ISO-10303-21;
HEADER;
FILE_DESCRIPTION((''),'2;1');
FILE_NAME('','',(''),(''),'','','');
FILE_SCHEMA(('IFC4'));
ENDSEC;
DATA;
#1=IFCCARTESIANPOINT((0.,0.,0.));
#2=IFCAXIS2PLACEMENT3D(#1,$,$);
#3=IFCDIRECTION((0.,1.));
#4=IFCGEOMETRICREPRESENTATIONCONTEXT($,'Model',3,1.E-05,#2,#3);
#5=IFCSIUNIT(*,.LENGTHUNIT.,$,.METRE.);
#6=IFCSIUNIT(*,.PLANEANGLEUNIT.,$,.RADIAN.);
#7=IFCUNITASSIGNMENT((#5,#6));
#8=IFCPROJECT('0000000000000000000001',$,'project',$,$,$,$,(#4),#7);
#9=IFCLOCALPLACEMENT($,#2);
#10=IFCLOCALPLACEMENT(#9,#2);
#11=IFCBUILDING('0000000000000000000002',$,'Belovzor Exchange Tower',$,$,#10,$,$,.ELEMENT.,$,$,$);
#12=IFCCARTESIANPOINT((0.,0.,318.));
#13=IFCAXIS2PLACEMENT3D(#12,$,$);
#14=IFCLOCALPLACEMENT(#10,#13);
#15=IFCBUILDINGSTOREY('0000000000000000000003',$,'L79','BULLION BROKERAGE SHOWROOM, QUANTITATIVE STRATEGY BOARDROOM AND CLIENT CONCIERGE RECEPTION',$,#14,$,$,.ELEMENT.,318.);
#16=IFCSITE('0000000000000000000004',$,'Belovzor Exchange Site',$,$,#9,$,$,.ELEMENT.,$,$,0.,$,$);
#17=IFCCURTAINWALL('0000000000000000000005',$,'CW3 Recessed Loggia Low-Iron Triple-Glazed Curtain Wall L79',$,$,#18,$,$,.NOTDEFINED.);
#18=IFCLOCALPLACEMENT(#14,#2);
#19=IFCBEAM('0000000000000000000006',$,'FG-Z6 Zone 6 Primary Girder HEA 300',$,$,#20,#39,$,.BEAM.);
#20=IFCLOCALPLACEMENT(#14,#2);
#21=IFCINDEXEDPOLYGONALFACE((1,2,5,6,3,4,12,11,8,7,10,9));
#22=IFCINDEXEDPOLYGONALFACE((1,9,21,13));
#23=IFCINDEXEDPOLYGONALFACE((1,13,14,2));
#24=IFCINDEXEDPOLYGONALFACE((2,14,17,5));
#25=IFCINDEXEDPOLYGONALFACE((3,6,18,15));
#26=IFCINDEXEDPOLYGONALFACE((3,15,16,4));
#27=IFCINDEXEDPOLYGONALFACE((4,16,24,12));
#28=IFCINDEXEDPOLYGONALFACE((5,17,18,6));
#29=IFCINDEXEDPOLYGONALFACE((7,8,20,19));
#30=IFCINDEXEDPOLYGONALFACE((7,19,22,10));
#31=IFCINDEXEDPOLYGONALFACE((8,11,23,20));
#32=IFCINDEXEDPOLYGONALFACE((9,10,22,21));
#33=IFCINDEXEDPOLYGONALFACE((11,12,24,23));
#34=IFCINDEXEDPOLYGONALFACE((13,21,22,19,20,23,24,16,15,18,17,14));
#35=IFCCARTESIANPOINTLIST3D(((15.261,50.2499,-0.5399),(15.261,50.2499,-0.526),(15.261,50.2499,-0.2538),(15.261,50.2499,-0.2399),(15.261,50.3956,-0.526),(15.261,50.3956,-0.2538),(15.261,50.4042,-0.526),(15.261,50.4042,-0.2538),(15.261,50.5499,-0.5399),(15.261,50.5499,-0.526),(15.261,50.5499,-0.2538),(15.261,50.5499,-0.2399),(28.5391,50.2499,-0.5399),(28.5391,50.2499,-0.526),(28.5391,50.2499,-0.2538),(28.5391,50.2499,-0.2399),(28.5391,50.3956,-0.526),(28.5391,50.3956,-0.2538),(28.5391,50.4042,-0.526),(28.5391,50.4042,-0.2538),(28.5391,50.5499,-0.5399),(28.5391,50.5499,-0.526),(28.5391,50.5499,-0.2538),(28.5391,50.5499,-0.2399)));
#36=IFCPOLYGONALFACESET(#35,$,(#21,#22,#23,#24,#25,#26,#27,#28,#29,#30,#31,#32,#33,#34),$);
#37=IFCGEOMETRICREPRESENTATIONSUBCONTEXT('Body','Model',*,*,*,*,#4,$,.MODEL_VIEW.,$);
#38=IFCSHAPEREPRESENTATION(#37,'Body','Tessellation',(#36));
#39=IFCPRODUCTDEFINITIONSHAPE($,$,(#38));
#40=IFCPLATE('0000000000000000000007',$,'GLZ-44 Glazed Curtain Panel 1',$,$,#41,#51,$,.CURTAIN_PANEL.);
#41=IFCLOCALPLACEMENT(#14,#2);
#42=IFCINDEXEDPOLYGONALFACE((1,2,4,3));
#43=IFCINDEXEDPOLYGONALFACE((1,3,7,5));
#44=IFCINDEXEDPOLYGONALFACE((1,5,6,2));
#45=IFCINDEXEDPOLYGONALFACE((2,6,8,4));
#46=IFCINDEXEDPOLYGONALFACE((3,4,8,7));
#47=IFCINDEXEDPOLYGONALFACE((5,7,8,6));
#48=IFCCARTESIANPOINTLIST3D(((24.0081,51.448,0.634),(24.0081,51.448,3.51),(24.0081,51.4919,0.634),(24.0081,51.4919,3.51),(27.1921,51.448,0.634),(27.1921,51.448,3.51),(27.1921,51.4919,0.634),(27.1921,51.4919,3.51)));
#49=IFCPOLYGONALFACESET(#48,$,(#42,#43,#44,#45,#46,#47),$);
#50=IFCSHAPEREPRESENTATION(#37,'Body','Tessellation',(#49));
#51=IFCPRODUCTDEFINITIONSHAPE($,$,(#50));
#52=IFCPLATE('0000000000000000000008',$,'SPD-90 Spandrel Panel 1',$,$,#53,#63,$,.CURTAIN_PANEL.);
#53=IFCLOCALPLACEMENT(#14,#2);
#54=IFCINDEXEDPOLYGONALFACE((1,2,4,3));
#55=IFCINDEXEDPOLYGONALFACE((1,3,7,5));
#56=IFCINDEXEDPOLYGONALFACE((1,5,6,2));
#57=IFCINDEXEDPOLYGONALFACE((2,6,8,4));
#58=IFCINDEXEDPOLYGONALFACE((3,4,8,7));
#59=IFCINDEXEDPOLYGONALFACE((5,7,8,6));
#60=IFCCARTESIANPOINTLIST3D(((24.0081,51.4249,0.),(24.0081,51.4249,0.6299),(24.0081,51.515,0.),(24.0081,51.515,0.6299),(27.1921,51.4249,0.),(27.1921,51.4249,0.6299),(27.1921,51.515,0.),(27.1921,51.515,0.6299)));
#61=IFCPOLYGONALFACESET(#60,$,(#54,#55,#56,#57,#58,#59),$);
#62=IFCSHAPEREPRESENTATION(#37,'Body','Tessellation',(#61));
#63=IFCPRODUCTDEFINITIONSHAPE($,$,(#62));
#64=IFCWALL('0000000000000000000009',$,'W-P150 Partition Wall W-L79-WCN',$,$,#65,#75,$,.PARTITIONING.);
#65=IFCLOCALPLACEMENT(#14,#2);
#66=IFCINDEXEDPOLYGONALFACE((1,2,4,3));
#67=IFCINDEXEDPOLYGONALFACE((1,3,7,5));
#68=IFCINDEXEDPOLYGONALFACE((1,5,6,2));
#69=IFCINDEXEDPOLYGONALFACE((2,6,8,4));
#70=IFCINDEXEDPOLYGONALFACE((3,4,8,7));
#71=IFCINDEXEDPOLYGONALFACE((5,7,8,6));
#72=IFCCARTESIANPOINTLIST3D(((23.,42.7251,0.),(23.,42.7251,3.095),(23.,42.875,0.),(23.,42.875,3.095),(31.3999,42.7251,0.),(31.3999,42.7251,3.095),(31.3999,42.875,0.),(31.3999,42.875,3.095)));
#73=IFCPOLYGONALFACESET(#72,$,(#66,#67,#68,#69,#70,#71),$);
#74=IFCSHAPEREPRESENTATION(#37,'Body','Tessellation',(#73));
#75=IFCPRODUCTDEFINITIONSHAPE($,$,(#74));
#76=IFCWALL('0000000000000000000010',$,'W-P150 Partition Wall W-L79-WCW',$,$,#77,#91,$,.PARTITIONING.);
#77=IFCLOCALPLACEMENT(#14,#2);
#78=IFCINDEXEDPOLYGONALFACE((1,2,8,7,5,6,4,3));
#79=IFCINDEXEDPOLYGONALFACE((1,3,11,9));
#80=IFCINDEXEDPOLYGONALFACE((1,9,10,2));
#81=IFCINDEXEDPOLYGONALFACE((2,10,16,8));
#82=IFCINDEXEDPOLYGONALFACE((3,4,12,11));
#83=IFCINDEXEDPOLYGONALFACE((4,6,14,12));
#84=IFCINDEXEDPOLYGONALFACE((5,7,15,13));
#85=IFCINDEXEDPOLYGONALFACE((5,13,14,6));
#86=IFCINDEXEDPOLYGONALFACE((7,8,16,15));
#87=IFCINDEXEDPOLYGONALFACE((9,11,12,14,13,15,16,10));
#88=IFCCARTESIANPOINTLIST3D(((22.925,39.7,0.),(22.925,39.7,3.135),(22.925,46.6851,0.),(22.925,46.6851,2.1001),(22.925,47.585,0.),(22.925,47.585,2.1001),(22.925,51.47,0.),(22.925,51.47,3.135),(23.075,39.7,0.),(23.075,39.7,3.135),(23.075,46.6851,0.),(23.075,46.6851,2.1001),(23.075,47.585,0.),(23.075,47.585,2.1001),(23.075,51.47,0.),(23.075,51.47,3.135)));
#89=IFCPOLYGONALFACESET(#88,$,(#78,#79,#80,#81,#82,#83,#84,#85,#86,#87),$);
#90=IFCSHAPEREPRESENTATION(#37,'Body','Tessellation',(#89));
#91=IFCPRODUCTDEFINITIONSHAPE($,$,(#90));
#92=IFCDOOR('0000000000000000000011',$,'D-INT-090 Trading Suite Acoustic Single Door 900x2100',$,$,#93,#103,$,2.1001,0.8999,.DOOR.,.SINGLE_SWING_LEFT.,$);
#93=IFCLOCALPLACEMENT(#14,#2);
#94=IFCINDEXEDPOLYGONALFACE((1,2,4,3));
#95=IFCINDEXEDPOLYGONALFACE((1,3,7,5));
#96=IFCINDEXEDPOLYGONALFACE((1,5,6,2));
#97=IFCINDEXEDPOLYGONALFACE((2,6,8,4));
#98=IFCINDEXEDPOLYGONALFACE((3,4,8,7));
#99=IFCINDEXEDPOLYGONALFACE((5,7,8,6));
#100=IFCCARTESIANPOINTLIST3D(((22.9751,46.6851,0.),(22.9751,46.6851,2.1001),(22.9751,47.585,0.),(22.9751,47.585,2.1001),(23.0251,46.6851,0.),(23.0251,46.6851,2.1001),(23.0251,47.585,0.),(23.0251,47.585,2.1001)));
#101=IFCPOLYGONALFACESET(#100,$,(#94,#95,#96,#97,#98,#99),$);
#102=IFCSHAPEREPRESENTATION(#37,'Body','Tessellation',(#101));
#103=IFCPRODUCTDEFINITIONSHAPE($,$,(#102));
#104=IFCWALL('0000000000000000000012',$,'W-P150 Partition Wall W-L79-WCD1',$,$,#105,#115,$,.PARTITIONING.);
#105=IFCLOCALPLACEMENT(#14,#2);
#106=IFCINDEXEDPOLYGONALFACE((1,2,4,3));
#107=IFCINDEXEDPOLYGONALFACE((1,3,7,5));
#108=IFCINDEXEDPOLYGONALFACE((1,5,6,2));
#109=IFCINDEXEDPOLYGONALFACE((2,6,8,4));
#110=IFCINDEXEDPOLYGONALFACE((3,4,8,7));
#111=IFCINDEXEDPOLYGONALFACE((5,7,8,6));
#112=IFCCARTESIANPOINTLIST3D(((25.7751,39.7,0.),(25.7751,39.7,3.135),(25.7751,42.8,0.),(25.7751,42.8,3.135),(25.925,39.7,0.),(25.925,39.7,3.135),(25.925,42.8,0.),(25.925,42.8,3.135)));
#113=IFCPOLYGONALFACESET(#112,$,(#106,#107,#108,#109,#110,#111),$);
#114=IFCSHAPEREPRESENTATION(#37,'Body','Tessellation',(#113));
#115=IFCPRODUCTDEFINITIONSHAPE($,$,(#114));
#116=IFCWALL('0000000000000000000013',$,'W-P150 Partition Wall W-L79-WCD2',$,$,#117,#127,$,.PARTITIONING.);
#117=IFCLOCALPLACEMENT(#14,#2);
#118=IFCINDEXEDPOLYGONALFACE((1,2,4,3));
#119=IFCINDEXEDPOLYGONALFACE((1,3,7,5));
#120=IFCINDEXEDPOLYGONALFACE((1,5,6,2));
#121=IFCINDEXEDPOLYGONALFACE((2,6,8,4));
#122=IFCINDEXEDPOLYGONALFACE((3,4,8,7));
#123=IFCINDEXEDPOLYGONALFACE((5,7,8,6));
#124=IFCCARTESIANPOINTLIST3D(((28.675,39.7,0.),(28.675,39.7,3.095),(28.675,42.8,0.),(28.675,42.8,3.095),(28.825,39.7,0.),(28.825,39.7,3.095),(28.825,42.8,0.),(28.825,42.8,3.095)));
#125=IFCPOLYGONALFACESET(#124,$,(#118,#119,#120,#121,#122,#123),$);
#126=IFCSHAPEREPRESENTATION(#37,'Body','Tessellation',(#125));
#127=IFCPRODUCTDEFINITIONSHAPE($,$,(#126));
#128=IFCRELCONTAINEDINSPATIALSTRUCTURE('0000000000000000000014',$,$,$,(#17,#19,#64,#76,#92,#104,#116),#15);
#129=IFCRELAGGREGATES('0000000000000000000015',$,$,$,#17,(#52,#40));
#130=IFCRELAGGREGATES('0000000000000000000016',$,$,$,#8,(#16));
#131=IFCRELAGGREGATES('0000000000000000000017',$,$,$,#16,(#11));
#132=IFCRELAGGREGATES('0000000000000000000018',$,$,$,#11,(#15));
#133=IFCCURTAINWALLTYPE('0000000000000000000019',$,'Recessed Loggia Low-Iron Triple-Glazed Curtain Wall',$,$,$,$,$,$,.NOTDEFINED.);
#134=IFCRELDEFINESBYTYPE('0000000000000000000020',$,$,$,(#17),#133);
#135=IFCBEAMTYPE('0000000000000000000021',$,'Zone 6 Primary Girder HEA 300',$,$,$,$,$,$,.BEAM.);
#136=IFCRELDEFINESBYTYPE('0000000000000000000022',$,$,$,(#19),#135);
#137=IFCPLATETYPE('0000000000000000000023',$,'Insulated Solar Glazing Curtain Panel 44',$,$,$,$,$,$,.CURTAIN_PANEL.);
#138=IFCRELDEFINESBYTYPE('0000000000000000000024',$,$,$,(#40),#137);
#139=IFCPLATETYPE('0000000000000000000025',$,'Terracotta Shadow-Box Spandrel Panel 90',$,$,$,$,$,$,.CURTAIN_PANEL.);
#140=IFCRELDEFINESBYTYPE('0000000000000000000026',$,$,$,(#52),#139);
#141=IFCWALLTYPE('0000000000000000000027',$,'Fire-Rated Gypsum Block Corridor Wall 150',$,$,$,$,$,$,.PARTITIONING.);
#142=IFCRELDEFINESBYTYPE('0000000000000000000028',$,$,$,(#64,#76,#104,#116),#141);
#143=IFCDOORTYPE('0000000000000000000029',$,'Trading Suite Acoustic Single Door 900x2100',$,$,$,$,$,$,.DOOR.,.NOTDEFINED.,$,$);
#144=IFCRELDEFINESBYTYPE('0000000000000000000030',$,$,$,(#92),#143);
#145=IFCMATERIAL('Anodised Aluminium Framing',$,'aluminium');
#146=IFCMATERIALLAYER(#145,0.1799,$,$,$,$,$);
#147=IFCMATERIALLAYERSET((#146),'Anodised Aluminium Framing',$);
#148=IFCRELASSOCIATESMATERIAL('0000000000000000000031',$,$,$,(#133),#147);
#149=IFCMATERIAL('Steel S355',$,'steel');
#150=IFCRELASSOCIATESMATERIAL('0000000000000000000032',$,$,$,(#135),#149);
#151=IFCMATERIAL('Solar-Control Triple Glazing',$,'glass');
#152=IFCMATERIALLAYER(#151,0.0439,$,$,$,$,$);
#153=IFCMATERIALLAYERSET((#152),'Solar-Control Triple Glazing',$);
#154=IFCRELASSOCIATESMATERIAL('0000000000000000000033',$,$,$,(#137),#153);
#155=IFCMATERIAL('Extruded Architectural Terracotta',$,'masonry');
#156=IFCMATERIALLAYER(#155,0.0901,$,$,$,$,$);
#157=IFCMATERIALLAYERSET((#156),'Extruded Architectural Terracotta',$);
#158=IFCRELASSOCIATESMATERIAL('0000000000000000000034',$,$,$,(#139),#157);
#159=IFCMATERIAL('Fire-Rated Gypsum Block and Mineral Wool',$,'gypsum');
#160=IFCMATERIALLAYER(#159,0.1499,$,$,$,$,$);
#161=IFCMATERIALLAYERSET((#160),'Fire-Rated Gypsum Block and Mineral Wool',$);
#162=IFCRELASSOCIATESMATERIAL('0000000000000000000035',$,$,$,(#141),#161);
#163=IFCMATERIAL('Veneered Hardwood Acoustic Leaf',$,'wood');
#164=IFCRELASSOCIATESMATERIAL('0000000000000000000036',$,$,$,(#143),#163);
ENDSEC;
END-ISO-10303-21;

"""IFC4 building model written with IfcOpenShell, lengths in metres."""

from ifc_helpers import new_model, si_unit, direction, frame, frame_2d, origin, origin_2d, place, context, subcontext, project, spatial, rectangle, i_section, extrude, material, layer, layer_set, material_profile, profile_set, type_object, element, fill, aggregate, save


model = new_model("IFC4")

# Units and contexts
model_context = context("Model", 3, precision=1e-05, world=origin(), true_north=direction((0.0, 1.0)))
body_context = subcontext(model_context, "Body", "Model", "MODEL_VIEW")
ifc_project = project(units=[si_unit("LENGTHUNIT", "METRE"), si_unit("PLANEANGLEUNIT", "RADIAN")], contexts=[model_context])

# Site, building, storey
site_placement = place(None, origin())
site = spatial("IfcSite", under=ifc_project, at=site_placement, Name="Belovzor Exchange Site", CompositionType="ELEMENT", RefElevation=0.0)
building_placement = place(site_placement, origin())
building = spatial("IfcBuilding", under=site, at=building_placement, Name="Belovzor Exchange Tower", CompositionType="ELEMENT")
storey_placement = place(building_placement, frame((0.0, 0.0, 318.0)))
storey = spatial("IfcBuildingStorey", under=building, at=storey_placement, Name="L79", Description="BULLION BROKERAGE SHOWROOM, QUANTITATIVE STRATEGY BOARDROOM AND CLIENT CONCIERGE RECEPTION", CompositionType="ELEMENT", Elevation=318.0)

# Curtain wall
ifc_material_1 = material(Name="Anodised Aluminium Framing", Category="aluminium")
ifc_layer_1 = layer(ifc_material_1, 0.1799)
ifc_layer_set_1 = layer_set([ifc_layer_1], Name="Anodised Aluminium Framing")
curtain_wall_type = type_object("IfcCurtainWallType", Name="Recessed Loggia Low-Iron Triple-Glazed Curtain Wall", PredefinedType="NOTDEFINED", material=ifc_layer_set_1)
curtain_wall_placement = place(storey_placement, origin())
curtain_wall = element("IfcCurtainWall", 1, at=curtain_wall_placement, inside=storey, type_object=curtain_wall_type, Name="CW3 Recessed Loggia Low-Iron Triple-Glazed Curtain Wall L79", PredefinedType="NOTDEFINED")

# Beam
ifc_material_2 = material(Name="Steel S355", Category="steel")
ifc_material_profile_1 = material_profile(ifc_material_2, i_section(OverallWidth=0.3, OverallDepth=0.3, WebThickness=0.0085, FlangeThickness=0.0139, at=origin_2d()))
ifc_profile_set_1 = profile_set([ifc_material_profile_1], Name="Steel S355")
beam_type_1 = type_object("IfcBeamType", Name="Zone 6 Primary Girder HEA 300", PredefinedType="BEAM", material=ifc_profile_set_1)
beam_1_placement = place(storey_placement, frame((28.5391, 50.3999, -0.3899), z_axis=(-1.0, 0.0, 0.0), x_axis=(0.0, -1.0, 0.0)))
element("IfcBeam", 2, at=beam_1_placement, inside=storey, type_object=beam_type_1, Name="FG-Z6 Zone 6 Primary Girder HEA 300", PredefinedType="BEAM", context=body_context, shape_type="SweptSolid", body=[
    extrude(i_section(OverallWidth=0.3, OverallDepth=0.3, WebThickness=0.0085, FlangeThickness=0.0139, at=origin_2d()), origin(), (0.0, 0.0, 1.0), 13.2781),
])

# Plates
ifc_material_3 = material(Name="Solar-Control Triple Glazing", Category="glass")
ifc_layer_2 = layer(ifc_material_3, 0.0439)
ifc_layer_set_2 = layer_set([ifc_layer_2], Name="Solar-Control Triple Glazing")
plate_type_1 = type_object("IfcPlateType", Name="Insulated Solar Glazing Curtain Panel 44", PredefinedType="CURTAIN_PANEL", material=ifc_layer_set_2)
plate_1_placement = place(storey_placement, frame((25.6001, 51.47, 0.634), z_axis=(0.0, 0.0, 1.0), x_axis=(1.0, 0.0, 0.0)))
plate_1 = element("IfcPlate", 3, at=plate_1_placement, type_object=plate_type_1, Name="GLZ-44 Glazed Curtain Panel 1", PredefinedType="CURTAIN_PANEL", context=body_context, shape_type="SweptSolid", body=[
    extrude(rectangle(XDim=3.1841, YDim=0.0439, at=origin_2d()), origin(), (0.0, 0.0, 1.0), 2.876),
])
ifc_material_4 = material(Name="Extruded Architectural Terracotta", Category="masonry")
ifc_layer_3 = layer(ifc_material_4, 0.0901)
ifc_layer_set_3 = layer_set([ifc_layer_3], Name="Extruded Architectural Terracotta")
plate_type_2 = type_object("IfcPlateType", Name="Terracotta Shadow-Box Spandrel Panel 90", PredefinedType="CURTAIN_PANEL", material=ifc_layer_set_3)
plate_2_placement = place(storey_placement, frame((25.6001, 51.47, 0.0), z_axis=(0.0, 0.0, 1.0), x_axis=(1.0, 0.0, 0.0)))
plate_2 = element("IfcPlate", 4, at=plate_2_placement, type_object=plate_type_2, Name="SPD-90 Spandrel Panel 1", PredefinedType="CURTAIN_PANEL", context=body_context, shape_type="SweptSolid", body=[
    extrude(rectangle(XDim=3.1841, YDim=0.0901, at=origin_2d()), origin(), (0.0, 0.0, 1.0), 0.6299),
])
aggregate(curtain_wall, [plate_2, plate_1])

# Wall
ifc_material_5 = material(Name="Fire-Rated Gypsum Block and Mineral Wool", Category="gypsum")
ifc_layer_4 = layer(ifc_material_5, 0.1499)
ifc_layer_set_4 = layer_set([ifc_layer_4], Name="Fire-Rated Gypsum Block and Mineral Wool")
wall_type = type_object("IfcWallType", Name="Fire-Rated Gypsum Block Corridor Wall 150", PredefinedType="PARTITIONING", material=ifc_layer_set_4)
wall_1_placement = place(storey_placement, frame((23.0, 42.8, 0.0), z_axis=(0.0, 0.0, 1.0), x_axis=(1.0, 0.0, 0.0)))
element("IfcWall", 5, at=wall_1_placement, inside=storey, type_object=wall_type, Name="W-P150 Partition Wall W-L79-WCN", PredefinedType="PARTITIONING", context=body_context, shape_type="SweptSolid", body=[
    extrude(rectangle(XDim=8.3999, YDim=0.1499, at=frame_2d((4.2, 0.0))), origin(), (0.0, 0.0, 1.0), 3.095),
])

# Wall, opening, door
wall_2_placement = place(storey_placement, frame((23.0, 39.7, 0.0), z_axis=(0.0, 0.0, 1.0), x_axis=(0.0, 1.0, 0.0)))
wall_2 = element("IfcWall", 6, at=wall_2_placement, inside=storey, type_object=wall_type, Name="W-P150 Partition Wall W-L79-WCW", PredefinedType="PARTITIONING", context=body_context, shape_type="SweptSolid", body=[
    extrude(rectangle(XDim=11.77, YDim=0.1499, at=frame_2d((5.885, 0.0))), origin(), (0.0, 0.0, 1.0), 3.135),
])
opening_placement = place(wall_2_placement, frame((6.9851, 0.0, 0.0)))
opening = element("IfcOpeningElement", 7, at=opening_placement, cuts=wall_2, PredefinedType="OPENING", context=body_context, shape_type="SweptSolid", body=[
    extrude(rectangle(XDim=0.8999, YDim=2.1001, at=frame_2d((0.45, 1.05))), frame((0.0, 0.085, 0.0), z_axis=(0.0, -1.0, 0.0), x_axis=(1.0, 0.0, 0.0)), (0.0, 0.0, 1.0), 0.1699),
])
ifc_material_6 = material(Name="Veneered Hardwood Acoustic Leaf", Category="wood")
door_type = type_object("IfcDoorType", Name="Trading Suite Acoustic Single Door 900x2100", OperationType="NOTDEFINED", PredefinedType="DOOR", material=ifc_material_6)
door_placement = place(opening_placement, origin())
door = element("IfcDoor", 8, at=door_placement, inside=storey, type_object=door_type, Name="D-INT-090 Trading Suite Acoustic Single Door 900x2100", OperationType="SINGLE_SWING_LEFT", OverallHeight=2.1001, OverallWidth=0.8999, PredefinedType="DOOR", context=body_context, shape_type="SweptSolid", body=[
    extrude(rectangle(XDim=0.8999, YDim=2.1001, at=frame_2d((0.45, 1.05))), frame((0.0, 0.0249, 0.0), z_axis=(0.0, -1.0, 0.0), x_axis=(1.0, 0.0, 0.0)), (0.0, 0.0, 1.0), 0.05),
])
fill(opening, door)

# Walls
wall_3_placement = place(storey_placement, frame((25.8501, 39.7, 0.0), z_axis=(0.0, 0.0, 1.0), x_axis=(0.0, 1.0, 0.0)))
element("IfcWall", 9, at=wall_3_placement, inside=storey, type_object=wall_type, Name="W-P150 Partition Wall W-L79-WCD1", PredefinedType="PARTITIONING", context=body_context, shape_type="SweptSolid", body=[
    extrude(rectangle(XDim=3.1001, YDim=0.1499, at=frame_2d((1.55, 0.0))), origin(), (0.0, 0.0, 1.0), 3.135),
])
wall_4_placement = place(storey_placement, frame((28.75, 39.7, 0.0), z_axis=(0.0, 0.0, 1.0), x_axis=(0.0, 1.0, 0.0)))
element("IfcWall", 10, at=wall_4_placement, inside=storey, type_object=wall_type, Name="W-P150 Partition Wall W-L79-WCD2", PredefinedType="PARTITIONING", context=body_context, shape_type="SweptSolid", body=[
    extrude(rectangle(XDim=3.1001, YDim=0.1499, at=frame_2d((1.55, 0.0))), origin(), (0.0, 0.0, 1.0), 3.095),
])

save(model, "model.ifc")
